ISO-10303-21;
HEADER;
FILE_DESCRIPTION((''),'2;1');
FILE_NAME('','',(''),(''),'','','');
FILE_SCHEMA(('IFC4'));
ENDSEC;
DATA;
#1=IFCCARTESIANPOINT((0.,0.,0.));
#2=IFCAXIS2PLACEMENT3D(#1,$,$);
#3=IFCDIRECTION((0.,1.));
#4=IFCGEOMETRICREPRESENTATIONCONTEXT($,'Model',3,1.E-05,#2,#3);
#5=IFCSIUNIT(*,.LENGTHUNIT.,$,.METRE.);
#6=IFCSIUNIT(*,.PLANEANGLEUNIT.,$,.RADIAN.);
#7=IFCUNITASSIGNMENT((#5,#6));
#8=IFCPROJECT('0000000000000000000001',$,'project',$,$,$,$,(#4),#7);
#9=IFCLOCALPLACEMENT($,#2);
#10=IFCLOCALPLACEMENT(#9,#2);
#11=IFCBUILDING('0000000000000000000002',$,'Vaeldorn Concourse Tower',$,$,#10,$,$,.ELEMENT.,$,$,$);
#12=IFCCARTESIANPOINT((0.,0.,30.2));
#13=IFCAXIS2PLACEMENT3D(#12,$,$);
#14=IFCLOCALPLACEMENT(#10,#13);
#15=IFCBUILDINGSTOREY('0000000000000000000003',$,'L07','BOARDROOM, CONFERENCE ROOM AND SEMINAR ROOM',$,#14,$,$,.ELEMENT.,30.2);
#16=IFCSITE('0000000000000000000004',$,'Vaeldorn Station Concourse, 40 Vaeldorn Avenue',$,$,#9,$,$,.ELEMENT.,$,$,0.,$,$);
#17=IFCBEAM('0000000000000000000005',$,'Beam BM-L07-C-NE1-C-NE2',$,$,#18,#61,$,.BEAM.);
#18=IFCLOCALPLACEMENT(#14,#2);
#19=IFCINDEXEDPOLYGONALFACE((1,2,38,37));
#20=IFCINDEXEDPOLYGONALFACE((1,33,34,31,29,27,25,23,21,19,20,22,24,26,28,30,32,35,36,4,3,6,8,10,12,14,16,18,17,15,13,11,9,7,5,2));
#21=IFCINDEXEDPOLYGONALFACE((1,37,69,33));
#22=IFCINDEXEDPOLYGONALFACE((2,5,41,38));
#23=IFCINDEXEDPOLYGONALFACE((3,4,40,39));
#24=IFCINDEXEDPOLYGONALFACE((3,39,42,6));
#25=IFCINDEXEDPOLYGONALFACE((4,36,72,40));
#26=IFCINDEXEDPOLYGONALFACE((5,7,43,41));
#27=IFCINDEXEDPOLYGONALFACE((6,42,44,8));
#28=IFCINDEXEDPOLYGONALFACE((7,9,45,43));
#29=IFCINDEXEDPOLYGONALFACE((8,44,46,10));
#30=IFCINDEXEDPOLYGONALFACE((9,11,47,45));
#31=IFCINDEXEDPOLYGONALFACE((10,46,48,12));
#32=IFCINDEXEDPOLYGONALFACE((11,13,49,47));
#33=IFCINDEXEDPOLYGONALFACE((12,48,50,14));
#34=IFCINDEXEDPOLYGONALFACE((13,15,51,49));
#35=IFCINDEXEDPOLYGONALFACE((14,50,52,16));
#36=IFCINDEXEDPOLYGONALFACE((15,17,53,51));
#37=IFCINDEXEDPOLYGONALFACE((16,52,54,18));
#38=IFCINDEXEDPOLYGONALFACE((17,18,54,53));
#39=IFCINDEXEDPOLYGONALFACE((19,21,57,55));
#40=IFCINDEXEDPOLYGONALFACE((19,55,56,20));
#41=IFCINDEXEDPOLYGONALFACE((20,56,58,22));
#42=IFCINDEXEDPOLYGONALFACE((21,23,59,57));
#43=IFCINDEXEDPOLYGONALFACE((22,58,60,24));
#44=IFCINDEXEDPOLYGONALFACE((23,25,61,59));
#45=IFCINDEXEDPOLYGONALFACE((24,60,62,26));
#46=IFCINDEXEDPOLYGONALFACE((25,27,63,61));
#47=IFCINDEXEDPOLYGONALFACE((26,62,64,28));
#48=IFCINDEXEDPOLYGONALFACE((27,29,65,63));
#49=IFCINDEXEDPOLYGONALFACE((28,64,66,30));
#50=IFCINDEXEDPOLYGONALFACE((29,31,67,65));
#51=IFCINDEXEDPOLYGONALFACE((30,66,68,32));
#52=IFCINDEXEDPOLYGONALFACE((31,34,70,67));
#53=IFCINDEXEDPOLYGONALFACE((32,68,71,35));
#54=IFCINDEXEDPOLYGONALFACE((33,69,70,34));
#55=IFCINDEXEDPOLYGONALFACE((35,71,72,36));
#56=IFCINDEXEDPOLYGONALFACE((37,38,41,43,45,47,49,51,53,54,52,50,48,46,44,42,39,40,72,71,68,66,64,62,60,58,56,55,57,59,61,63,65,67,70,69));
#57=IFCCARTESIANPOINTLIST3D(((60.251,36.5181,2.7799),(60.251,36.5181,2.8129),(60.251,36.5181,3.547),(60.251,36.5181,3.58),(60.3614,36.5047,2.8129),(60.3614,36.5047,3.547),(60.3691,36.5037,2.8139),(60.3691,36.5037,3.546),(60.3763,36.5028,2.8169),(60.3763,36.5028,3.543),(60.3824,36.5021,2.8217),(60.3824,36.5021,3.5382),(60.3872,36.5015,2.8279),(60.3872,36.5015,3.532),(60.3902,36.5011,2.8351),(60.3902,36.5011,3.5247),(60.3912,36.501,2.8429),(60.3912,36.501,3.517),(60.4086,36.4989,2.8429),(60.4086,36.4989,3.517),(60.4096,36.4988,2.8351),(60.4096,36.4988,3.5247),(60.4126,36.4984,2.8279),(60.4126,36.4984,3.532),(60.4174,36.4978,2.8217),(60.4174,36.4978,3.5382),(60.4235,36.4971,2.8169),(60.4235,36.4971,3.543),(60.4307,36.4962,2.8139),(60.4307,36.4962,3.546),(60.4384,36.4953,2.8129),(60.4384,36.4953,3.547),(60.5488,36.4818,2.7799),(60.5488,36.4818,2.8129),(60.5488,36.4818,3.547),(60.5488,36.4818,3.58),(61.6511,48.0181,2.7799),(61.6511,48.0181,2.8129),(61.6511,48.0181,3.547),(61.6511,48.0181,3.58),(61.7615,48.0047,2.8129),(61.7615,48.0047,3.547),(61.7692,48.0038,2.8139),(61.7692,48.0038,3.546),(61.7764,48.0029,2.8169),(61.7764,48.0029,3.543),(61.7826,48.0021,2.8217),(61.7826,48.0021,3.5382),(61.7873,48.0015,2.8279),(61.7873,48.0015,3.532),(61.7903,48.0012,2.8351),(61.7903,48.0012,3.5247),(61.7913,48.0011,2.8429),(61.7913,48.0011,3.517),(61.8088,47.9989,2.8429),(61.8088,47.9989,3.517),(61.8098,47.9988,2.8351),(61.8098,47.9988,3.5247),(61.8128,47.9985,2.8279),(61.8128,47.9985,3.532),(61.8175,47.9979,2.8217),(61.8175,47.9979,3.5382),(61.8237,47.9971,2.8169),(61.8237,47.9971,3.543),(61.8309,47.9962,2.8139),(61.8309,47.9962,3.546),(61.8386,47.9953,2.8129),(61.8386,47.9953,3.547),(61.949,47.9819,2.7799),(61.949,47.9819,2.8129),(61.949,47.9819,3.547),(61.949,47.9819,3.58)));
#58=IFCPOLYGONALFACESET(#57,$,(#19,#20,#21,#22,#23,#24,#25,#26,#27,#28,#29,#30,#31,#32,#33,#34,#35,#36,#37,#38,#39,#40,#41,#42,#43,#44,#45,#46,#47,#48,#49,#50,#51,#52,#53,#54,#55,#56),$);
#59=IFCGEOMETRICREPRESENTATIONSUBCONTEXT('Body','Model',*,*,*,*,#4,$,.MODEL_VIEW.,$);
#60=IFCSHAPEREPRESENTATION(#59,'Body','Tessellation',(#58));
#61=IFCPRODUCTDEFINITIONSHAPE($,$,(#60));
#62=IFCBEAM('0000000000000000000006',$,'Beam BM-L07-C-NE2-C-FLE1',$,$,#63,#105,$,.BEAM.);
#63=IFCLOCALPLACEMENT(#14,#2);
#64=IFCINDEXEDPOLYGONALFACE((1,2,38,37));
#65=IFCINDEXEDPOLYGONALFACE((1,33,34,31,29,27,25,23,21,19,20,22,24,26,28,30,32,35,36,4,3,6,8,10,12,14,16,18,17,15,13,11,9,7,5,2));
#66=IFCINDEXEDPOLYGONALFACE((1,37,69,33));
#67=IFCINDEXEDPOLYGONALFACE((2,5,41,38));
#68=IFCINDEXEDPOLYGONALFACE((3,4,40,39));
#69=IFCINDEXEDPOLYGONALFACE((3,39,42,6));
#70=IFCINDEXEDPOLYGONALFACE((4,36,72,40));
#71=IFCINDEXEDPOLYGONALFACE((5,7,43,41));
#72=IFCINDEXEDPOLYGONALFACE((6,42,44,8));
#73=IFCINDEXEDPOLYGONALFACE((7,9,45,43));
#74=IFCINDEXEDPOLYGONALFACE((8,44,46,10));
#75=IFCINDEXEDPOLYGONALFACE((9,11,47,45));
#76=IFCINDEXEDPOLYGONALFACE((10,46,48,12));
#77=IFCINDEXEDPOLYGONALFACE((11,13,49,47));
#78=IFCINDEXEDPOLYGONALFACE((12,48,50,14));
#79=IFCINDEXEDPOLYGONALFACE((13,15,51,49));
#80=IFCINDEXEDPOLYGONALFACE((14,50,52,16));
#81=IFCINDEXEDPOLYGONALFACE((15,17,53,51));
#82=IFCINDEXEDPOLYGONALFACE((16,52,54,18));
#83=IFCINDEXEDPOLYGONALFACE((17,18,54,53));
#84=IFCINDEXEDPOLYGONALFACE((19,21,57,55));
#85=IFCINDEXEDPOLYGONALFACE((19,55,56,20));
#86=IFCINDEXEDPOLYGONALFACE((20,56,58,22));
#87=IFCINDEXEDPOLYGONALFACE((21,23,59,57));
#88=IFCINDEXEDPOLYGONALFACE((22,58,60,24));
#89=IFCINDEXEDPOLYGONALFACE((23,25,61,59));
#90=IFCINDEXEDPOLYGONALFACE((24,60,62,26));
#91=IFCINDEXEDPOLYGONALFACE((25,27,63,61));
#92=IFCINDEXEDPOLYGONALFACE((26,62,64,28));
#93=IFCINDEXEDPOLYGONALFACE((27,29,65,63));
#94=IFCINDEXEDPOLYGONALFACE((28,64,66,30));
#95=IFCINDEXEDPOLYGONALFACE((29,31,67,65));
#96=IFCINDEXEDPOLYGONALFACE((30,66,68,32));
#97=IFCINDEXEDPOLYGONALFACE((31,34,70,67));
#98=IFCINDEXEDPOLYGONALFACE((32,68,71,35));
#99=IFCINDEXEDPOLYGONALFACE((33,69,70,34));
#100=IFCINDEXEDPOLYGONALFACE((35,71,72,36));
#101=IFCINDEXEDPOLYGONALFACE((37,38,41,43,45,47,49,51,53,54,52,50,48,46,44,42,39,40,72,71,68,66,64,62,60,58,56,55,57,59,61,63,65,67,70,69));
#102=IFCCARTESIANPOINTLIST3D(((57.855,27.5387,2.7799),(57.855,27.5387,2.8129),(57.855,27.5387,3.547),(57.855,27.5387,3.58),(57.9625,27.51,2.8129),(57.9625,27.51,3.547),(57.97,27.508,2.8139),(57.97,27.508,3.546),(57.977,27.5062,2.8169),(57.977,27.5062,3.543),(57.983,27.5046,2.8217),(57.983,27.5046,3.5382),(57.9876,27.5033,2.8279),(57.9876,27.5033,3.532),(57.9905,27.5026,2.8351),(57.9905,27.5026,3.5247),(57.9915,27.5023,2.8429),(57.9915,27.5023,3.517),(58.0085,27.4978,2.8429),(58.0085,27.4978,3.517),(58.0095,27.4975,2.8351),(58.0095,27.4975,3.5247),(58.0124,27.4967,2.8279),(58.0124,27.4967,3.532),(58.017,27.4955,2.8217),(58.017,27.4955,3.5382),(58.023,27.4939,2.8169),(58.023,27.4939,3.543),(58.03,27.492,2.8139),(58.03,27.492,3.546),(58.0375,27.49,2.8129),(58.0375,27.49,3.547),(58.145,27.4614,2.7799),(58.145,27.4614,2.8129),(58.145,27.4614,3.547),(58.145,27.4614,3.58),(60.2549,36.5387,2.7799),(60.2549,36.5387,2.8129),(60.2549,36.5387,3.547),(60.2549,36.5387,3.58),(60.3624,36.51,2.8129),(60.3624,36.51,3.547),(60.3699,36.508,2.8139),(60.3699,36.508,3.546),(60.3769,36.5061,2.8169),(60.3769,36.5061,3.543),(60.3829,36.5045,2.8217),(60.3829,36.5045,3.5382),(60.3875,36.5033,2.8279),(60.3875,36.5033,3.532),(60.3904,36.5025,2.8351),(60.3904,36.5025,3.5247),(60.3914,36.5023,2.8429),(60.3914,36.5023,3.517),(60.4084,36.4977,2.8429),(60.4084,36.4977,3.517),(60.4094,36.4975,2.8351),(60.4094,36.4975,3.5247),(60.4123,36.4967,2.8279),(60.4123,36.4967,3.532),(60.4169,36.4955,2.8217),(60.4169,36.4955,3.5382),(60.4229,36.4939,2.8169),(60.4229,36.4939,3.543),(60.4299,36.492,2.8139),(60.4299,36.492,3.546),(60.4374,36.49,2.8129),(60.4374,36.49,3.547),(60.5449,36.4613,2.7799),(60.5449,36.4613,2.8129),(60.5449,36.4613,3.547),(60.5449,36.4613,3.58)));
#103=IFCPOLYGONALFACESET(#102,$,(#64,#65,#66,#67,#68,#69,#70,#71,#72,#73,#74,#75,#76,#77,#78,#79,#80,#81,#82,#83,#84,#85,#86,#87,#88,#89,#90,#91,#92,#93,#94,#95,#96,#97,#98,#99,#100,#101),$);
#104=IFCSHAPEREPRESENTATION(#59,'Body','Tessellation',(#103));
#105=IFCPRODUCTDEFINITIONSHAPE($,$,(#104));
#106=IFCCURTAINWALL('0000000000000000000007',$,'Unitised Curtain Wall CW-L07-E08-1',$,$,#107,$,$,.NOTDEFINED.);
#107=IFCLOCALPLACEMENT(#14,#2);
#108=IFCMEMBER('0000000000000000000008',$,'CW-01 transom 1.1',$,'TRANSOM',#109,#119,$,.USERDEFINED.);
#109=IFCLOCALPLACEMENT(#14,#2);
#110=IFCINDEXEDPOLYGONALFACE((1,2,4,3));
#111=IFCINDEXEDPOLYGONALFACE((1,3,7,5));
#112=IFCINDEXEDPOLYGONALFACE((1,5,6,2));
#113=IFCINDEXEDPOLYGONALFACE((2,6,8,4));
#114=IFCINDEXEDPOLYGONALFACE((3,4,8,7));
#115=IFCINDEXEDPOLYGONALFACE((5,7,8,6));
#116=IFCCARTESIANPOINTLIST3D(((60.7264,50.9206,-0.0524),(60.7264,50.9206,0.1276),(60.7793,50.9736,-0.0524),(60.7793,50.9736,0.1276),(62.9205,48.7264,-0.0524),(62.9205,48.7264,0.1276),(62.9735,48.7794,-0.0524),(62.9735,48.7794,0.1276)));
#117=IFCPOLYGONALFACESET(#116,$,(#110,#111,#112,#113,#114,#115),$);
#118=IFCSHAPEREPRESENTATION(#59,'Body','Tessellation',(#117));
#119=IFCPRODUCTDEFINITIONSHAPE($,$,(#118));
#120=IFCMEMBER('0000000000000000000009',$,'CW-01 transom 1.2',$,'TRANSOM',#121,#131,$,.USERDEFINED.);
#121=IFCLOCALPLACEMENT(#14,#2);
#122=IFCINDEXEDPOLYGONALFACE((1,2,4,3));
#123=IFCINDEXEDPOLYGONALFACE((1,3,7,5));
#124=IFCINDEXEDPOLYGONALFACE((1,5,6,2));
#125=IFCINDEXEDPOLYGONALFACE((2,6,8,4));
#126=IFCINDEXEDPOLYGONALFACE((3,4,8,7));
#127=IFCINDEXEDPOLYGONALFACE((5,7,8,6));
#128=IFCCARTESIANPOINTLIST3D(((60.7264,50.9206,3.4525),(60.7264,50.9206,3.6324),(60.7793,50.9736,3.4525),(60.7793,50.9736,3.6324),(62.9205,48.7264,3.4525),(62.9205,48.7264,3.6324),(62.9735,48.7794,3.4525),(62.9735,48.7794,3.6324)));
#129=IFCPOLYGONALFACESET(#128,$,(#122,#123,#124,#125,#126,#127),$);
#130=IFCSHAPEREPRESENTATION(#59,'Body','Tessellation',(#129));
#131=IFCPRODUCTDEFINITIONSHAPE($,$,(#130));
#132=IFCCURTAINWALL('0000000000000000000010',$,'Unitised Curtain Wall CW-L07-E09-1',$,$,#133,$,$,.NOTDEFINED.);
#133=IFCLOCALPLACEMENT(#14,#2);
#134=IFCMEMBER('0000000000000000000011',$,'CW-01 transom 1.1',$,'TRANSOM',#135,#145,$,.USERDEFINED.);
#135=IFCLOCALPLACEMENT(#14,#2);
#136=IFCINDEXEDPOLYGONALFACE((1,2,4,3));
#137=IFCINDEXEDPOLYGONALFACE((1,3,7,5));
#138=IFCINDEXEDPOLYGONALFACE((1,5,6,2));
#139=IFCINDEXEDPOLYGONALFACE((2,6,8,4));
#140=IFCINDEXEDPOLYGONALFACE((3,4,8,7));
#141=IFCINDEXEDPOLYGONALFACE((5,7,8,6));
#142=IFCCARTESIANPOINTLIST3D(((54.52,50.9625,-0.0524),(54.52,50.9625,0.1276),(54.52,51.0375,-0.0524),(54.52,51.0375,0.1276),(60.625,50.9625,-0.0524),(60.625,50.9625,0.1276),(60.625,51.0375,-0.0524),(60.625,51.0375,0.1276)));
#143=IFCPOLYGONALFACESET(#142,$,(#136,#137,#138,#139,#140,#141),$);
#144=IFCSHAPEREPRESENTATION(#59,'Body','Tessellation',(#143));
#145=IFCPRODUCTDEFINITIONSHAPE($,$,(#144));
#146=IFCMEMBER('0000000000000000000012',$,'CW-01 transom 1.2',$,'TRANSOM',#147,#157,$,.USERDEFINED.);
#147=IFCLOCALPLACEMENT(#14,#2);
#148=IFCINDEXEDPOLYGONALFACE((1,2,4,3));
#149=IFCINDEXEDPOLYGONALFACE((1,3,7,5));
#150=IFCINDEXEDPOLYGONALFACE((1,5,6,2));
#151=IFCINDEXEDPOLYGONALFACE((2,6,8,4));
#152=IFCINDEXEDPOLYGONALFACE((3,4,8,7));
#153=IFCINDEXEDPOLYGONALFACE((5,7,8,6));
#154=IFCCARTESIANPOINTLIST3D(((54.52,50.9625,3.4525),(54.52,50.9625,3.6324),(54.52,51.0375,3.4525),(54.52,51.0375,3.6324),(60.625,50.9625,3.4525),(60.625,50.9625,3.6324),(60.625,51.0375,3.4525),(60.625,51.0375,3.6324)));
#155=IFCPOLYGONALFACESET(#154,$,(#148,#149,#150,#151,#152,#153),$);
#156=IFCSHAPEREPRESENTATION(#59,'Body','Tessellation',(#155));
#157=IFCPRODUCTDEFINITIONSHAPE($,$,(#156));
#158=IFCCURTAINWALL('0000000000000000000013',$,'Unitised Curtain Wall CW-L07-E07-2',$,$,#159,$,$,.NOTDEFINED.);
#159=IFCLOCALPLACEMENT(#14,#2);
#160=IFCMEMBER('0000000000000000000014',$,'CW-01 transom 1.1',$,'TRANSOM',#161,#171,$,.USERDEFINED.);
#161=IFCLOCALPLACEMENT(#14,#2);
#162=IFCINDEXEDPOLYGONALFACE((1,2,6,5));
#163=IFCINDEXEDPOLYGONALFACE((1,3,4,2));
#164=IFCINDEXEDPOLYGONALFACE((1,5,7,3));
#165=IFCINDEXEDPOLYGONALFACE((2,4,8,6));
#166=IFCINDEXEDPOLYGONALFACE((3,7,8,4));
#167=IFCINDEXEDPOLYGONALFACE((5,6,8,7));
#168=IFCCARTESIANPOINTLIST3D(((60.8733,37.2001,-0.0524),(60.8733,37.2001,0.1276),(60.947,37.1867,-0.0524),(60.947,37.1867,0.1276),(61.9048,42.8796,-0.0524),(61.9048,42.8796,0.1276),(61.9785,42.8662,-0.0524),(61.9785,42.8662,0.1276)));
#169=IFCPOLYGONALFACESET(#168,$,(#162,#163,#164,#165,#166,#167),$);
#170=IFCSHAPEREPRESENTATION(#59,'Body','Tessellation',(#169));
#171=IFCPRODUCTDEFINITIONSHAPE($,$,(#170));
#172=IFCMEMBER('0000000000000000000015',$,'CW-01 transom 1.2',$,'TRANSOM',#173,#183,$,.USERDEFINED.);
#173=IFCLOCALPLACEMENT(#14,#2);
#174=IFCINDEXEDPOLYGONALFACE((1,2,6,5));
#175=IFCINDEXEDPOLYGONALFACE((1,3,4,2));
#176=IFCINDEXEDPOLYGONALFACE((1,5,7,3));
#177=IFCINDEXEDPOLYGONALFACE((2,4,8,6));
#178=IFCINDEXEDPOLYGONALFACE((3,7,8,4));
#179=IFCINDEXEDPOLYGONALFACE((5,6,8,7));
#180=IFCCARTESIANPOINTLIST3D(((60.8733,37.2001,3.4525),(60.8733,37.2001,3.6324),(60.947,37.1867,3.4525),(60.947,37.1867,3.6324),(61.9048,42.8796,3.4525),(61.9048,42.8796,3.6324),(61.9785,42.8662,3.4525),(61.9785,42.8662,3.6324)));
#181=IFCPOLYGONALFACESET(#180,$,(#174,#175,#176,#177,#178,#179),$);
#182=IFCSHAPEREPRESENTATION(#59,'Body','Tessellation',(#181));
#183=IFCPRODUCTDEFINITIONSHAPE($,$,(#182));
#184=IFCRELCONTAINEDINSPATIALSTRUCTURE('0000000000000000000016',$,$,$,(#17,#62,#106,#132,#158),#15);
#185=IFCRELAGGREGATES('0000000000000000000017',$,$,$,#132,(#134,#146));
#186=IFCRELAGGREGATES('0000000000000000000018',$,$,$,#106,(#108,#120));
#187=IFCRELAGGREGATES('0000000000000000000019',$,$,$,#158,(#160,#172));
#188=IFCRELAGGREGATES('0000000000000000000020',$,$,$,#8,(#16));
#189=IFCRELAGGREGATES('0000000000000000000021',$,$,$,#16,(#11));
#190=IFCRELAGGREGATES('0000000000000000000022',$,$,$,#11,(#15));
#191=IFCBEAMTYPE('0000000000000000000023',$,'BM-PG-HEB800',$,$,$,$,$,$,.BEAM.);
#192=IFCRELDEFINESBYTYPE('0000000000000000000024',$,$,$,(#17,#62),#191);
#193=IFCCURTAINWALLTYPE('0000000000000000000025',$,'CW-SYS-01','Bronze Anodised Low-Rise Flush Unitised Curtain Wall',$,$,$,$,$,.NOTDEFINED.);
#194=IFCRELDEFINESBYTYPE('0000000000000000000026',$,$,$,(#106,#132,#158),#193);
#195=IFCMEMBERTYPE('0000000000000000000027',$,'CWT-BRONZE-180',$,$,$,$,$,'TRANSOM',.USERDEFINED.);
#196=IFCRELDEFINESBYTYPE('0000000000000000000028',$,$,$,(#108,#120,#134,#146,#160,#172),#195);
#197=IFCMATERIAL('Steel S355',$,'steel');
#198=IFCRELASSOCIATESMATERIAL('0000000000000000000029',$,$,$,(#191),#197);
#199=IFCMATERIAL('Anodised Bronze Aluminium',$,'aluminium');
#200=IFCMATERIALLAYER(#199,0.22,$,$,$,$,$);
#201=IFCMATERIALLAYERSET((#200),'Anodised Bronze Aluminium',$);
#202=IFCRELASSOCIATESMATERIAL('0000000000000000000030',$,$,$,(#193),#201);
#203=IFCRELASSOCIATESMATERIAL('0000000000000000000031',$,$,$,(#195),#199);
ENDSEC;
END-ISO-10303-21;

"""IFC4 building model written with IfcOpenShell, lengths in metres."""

from ifc_helpers import new_model, si_unit, direction, frame, origin, origin_2d, place, context, subcontext, project, spatial, rectangle, i_section, extrude, source, transform, mapped, material, layer, layer_set, material_profile, profile_set, type_object, element, aggregate, save


model = new_model("IFC4")

# Units and contexts
model_context = context("Model", 3, precision=1e-05, world=origin(), true_north=direction((0.0, 1.0)))
body_context = subcontext(model_context, "Body", "Model", "MODEL_VIEW")
ifc_project = project(units=[si_unit("LENGTHUNIT", "METRE"), si_unit("PLANEANGLEUNIT", "RADIAN")], contexts=[model_context])

# Site, building, storey
site_placement = place(None, origin())
site = spatial("IfcSite", under=ifc_project, at=site_placement, Name="Vaeldorn Station Concourse, 40 Vaeldorn Avenue", CompositionType="ELEMENT", RefElevation=0.0)
building_placement = place(site_placement, origin())
building = spatial("IfcBuilding", under=site, at=building_placement, Name="Vaeldorn Concourse Tower", CompositionType="ELEMENT")
storey_placement = place(building_placement, frame((0.0, 0.0, 30.2)))
storey = spatial("IfcBuildingStorey", under=building, at=storey_placement, Name="L07", Description="BOARDROOM, CONFERENCE ROOM AND SEMINAR ROOM", CompositionType="ELEMENT", Elevation=30.2)

# Beams
ifc_material_1 = material(Name="Steel S355", Category="steel")
ifc_material_profile_1 = material_profile(ifc_material_1, i_section(OverallWidth=0.3, OverallDepth=0.8, WebThickness=0.0176, FlangeThickness=0.033, FilletRadius=0.03, at=origin_2d()), Name="HEB 800")
ifc_profile_set_1 = profile_set([ifc_material_profile_1], Name="Steel S355")
beam_type = type_object("IfcBeamType", Name="BM-PG-HEB800", PredefinedType="BEAM", material=ifc_profile_set_1)
shared_shape_1 = source(origin(), body_context, "Body", "SweptSolid", [
    extrude(i_section(OverallWidth=0.3, OverallDepth=0.8, WebThickness=0.0176, FlangeThickness=0.033, FilletRadius=0.03, at=origin_2d()), origin(), (0.0, 0.0, 1.0), 11.585),
])
beam_1_placement = place(storey_placement, frame((61.8, 48.0, 3.1799), z_axis=(-0.120859, -0.99267, 0.0), x_axis=(0.99267, -0.120859, 0.0)))
element("IfcBeam", 1, at=beam_1_placement, inside=storey, type_object=beam_type, Name="Beam BM-L07-C-NE1-C-NE2", PredefinedType="BEAM", context=body_context, shape_type="MappedRepresentation", body=[
    mapped(shared_shape_1, transform((0.0, 0.0, 0.0), scale=1.0)),
])
shared_shape_2 = source(origin(), body_context, "Body", "SweptSolid", [
    extrude(i_section(OverallWidth=0.3, OverallDepth=0.8, WebThickness=0.0176, FlangeThickness=0.033, FilletRadius=0.03, at=origin_2d()), origin(), (0.0, 0.0, 1.0), 9.3145),
])
beam_2_placement = place(storey_placement, frame((60.3999, 36.5, 3.1799), z_axis=(-0.257653, -0.966238, 0.0), x_axis=(0.966238, -0.257653, 0.0)))
element("IfcBeam", 2, at=beam_2_placement, inside=storey, type_object=beam_type, Name="Beam BM-L07-C-NE2-C-FLE1", PredefinedType="BEAM", context=body_context, shape_type="MappedRepresentation", body=[
    mapped(shared_shape_2, transform((0.0, 0.0, 0.0), scale=1.0)),
])

# Curtain walls, members
ifc_material_2 = material(Name="Anodised Bronze Aluminium", Category="aluminium")
ifc_layer_1 = layer(ifc_material_2, 0.22)
ifc_layer_set_1 = layer_set([ifc_layer_1], Name="Anodised Bronze Aluminium")
curtain_wall_type = type_object("IfcCurtainWallType", Name="CW-SYS-01", Description="Bronze Anodised Low-Rise Flush Unitised Curtain Wall", PredefinedType="NOTDEFINED", material=ifc_layer_set_1)
curtain_wall_1_placement = place(storey_placement, origin())
curtain_wall_1 = element("IfcCurtainWall", 3, at=curtain_wall_1_placement, inside=storey, type_object=curtain_wall_type, Name="Unitised Curtain Wall CW-L07-E08-1", PredefinedType="NOTDEFINED")
ifc_material_profile_2 = material_profile(ifc_material_2, rectangle(XDim=0.075, YDim=0.1799, at=origin_2d()), Name="CWT 75x180")
ifc_profile_set_2 = profile_set([ifc_material_profile_2], Name="Anodised Bronze Aluminium")
member_type_1 = type_object("IfcMemberType", Name="CWT-BRONZE-180", ElementType="TRANSOM", PredefinedType="USERDEFINED", material=ifc_profile_set_2)
shared_shape_3 = source(origin(), body_context, "Body", "SweptSolid", [
    extrude(rectangle(XDim=0.075, YDim=0.1799, at=origin_2d()), origin(), (0.0, 0.0, 1.0), 3.103),
])
member_1_placement = place(storey_placement, frame((62.947, 48.7529, 0.0376), z_axis=(-0.707107, 0.707107, 0.0), x_axis=(-0.707107, -0.707107, 0.0)))
member_1 = element("IfcMember", 4, at=member_1_placement, type_object=member_type_1, Name="CW-01 transom 1.1", ObjectType="TRANSOM", PredefinedType="USERDEFINED", context=body_context, shape_type="MappedRepresentation", body=[
    mapped(shared_shape_3, transform((0.0, 0.0, 0.0), scale=1.0)),
])
member_2_placement = place(storey_placement, frame((62.947, 48.7529, 3.5425), z_axis=(-0.707107, 0.707107, 0.0), x_axis=(-0.707107, -0.707107, 0.0)))
member_2 = element("IfcMember", 5, at=member_2_placement, type_object=member_type_1, Name="CW-01 transom 1.2", ObjectType="TRANSOM", PredefinedType="USERDEFINED", context=body_context, shape_type="MappedRepresentation", body=[
    mapped(shared_shape_3, transform((0.0, 0.0, 0.0), scale=1.0)),
])
curtain_wall_2_placement = place(storey_placement, origin())
curtain_wall_2 = element("IfcCurtainWall", 6, at=curtain_wall_2_placement, inside=storey, type_object=curtain_wall_type, Name="Unitised Curtain Wall CW-L07-E09-1", PredefinedType="NOTDEFINED")
shared_shape_4 = source(origin(), body_context, "Body", "SweptSolid", [
    extrude(rectangle(XDim=0.075, YDim=0.1799, at=origin_2d()), origin(), (0.0, 0.0, 1.0), 6.105),
])
member_3_placement = place(storey_placement, frame((60.625, 51.0, 0.0376), z_axis=(-1.0, 0.0, 0.0), x_axis=(0.0, -1.0, 0.0)))
member_3 = element("IfcMember", 7, at=member_3_placement, type_object=member_type_1, Name="CW-01 transom 1.1", ObjectType="TRANSOM", PredefinedType="USERDEFINED", context=body_context, shape_type="MappedRepresentation", body=[
    mapped(shared_shape_4, transform((0.0, 0.0, 0.0), scale=1.0)),
])
member_4_placement = place(storey_placement, frame((60.625, 51.0, 3.5425), z_axis=(-1.0, 0.0, 0.0), x_axis=(0.0, -1.0, 0.0)))
member_4 = element("IfcMember", 8, at=member_4_placement, type_object=member_type_1, Name="CW-01 transom 1.2", ObjectType="TRANSOM", PredefinedType="USERDEFINED", context=body_context, shape_type="MappedRepresentation", body=[
    mapped(shared_shape_4, transform((0.0, 0.0, 0.0), scale=1.0)),
])
curtain_wall_3_placement = place(storey_placement, origin())
curtain_wall_3 = element("IfcCurtainWall", 9, at=curtain_wall_3_placement, inside=storey, type_object=curtain_wall_type, Name="Unitised Curtain Wall CW-L07-E07-2", PredefinedType="NOTDEFINED")
shared_shape_5 = source(origin(), body_context, "Body", "SweptSolid", [
    extrude(rectangle(XDim=0.075, YDim=0.1799, at=origin_2d()), origin(), (0.0, 0.0, 1.0), 5.7725),
])
member_5_placement = place(storey_placement, frame((60.9102, 37.1934, 0.0376), z_axis=(0.178696, 0.983904, 0.0), x_axis=(-0.983904, 0.178696, 0.0)))
member_5 = element("IfcMember", 10, at=member_5_placement, type_object=member_type_1, Name="CW-01 transom 1.1", ObjectType="TRANSOM", PredefinedType="USERDEFINED", context=body_context, shape_type="MappedRepresentation", body=[
    mapped(shared_shape_5, transform((0.0, 0.0, 0.0), scale=1.0)),
])
member_6_placement = place(storey_placement, frame((60.9102, 37.1934, 3.5425), z_axis=(0.178696, 0.983904, 0.0), x_axis=(-0.983904, 0.178696, 0.0)))
member_6 = element("IfcMember", 11, at=member_6_placement, type_object=member_type_1, Name="CW-01 transom 1.2", ObjectType="TRANSOM", PredefinedType="USERDEFINED", context=body_context, shape_type="MappedRepresentation", body=[
    mapped(shared_shape_5, transform((0.0, 0.0, 0.0), scale=1.0)),
])

aggregate(curtain_wall_2, [member_3, member_4])

aggregate(curtain_wall_1, [member_1, member_2])
aggregate(curtain_wall_3, [member_5, member_6])

save(model, "model.ifc")
